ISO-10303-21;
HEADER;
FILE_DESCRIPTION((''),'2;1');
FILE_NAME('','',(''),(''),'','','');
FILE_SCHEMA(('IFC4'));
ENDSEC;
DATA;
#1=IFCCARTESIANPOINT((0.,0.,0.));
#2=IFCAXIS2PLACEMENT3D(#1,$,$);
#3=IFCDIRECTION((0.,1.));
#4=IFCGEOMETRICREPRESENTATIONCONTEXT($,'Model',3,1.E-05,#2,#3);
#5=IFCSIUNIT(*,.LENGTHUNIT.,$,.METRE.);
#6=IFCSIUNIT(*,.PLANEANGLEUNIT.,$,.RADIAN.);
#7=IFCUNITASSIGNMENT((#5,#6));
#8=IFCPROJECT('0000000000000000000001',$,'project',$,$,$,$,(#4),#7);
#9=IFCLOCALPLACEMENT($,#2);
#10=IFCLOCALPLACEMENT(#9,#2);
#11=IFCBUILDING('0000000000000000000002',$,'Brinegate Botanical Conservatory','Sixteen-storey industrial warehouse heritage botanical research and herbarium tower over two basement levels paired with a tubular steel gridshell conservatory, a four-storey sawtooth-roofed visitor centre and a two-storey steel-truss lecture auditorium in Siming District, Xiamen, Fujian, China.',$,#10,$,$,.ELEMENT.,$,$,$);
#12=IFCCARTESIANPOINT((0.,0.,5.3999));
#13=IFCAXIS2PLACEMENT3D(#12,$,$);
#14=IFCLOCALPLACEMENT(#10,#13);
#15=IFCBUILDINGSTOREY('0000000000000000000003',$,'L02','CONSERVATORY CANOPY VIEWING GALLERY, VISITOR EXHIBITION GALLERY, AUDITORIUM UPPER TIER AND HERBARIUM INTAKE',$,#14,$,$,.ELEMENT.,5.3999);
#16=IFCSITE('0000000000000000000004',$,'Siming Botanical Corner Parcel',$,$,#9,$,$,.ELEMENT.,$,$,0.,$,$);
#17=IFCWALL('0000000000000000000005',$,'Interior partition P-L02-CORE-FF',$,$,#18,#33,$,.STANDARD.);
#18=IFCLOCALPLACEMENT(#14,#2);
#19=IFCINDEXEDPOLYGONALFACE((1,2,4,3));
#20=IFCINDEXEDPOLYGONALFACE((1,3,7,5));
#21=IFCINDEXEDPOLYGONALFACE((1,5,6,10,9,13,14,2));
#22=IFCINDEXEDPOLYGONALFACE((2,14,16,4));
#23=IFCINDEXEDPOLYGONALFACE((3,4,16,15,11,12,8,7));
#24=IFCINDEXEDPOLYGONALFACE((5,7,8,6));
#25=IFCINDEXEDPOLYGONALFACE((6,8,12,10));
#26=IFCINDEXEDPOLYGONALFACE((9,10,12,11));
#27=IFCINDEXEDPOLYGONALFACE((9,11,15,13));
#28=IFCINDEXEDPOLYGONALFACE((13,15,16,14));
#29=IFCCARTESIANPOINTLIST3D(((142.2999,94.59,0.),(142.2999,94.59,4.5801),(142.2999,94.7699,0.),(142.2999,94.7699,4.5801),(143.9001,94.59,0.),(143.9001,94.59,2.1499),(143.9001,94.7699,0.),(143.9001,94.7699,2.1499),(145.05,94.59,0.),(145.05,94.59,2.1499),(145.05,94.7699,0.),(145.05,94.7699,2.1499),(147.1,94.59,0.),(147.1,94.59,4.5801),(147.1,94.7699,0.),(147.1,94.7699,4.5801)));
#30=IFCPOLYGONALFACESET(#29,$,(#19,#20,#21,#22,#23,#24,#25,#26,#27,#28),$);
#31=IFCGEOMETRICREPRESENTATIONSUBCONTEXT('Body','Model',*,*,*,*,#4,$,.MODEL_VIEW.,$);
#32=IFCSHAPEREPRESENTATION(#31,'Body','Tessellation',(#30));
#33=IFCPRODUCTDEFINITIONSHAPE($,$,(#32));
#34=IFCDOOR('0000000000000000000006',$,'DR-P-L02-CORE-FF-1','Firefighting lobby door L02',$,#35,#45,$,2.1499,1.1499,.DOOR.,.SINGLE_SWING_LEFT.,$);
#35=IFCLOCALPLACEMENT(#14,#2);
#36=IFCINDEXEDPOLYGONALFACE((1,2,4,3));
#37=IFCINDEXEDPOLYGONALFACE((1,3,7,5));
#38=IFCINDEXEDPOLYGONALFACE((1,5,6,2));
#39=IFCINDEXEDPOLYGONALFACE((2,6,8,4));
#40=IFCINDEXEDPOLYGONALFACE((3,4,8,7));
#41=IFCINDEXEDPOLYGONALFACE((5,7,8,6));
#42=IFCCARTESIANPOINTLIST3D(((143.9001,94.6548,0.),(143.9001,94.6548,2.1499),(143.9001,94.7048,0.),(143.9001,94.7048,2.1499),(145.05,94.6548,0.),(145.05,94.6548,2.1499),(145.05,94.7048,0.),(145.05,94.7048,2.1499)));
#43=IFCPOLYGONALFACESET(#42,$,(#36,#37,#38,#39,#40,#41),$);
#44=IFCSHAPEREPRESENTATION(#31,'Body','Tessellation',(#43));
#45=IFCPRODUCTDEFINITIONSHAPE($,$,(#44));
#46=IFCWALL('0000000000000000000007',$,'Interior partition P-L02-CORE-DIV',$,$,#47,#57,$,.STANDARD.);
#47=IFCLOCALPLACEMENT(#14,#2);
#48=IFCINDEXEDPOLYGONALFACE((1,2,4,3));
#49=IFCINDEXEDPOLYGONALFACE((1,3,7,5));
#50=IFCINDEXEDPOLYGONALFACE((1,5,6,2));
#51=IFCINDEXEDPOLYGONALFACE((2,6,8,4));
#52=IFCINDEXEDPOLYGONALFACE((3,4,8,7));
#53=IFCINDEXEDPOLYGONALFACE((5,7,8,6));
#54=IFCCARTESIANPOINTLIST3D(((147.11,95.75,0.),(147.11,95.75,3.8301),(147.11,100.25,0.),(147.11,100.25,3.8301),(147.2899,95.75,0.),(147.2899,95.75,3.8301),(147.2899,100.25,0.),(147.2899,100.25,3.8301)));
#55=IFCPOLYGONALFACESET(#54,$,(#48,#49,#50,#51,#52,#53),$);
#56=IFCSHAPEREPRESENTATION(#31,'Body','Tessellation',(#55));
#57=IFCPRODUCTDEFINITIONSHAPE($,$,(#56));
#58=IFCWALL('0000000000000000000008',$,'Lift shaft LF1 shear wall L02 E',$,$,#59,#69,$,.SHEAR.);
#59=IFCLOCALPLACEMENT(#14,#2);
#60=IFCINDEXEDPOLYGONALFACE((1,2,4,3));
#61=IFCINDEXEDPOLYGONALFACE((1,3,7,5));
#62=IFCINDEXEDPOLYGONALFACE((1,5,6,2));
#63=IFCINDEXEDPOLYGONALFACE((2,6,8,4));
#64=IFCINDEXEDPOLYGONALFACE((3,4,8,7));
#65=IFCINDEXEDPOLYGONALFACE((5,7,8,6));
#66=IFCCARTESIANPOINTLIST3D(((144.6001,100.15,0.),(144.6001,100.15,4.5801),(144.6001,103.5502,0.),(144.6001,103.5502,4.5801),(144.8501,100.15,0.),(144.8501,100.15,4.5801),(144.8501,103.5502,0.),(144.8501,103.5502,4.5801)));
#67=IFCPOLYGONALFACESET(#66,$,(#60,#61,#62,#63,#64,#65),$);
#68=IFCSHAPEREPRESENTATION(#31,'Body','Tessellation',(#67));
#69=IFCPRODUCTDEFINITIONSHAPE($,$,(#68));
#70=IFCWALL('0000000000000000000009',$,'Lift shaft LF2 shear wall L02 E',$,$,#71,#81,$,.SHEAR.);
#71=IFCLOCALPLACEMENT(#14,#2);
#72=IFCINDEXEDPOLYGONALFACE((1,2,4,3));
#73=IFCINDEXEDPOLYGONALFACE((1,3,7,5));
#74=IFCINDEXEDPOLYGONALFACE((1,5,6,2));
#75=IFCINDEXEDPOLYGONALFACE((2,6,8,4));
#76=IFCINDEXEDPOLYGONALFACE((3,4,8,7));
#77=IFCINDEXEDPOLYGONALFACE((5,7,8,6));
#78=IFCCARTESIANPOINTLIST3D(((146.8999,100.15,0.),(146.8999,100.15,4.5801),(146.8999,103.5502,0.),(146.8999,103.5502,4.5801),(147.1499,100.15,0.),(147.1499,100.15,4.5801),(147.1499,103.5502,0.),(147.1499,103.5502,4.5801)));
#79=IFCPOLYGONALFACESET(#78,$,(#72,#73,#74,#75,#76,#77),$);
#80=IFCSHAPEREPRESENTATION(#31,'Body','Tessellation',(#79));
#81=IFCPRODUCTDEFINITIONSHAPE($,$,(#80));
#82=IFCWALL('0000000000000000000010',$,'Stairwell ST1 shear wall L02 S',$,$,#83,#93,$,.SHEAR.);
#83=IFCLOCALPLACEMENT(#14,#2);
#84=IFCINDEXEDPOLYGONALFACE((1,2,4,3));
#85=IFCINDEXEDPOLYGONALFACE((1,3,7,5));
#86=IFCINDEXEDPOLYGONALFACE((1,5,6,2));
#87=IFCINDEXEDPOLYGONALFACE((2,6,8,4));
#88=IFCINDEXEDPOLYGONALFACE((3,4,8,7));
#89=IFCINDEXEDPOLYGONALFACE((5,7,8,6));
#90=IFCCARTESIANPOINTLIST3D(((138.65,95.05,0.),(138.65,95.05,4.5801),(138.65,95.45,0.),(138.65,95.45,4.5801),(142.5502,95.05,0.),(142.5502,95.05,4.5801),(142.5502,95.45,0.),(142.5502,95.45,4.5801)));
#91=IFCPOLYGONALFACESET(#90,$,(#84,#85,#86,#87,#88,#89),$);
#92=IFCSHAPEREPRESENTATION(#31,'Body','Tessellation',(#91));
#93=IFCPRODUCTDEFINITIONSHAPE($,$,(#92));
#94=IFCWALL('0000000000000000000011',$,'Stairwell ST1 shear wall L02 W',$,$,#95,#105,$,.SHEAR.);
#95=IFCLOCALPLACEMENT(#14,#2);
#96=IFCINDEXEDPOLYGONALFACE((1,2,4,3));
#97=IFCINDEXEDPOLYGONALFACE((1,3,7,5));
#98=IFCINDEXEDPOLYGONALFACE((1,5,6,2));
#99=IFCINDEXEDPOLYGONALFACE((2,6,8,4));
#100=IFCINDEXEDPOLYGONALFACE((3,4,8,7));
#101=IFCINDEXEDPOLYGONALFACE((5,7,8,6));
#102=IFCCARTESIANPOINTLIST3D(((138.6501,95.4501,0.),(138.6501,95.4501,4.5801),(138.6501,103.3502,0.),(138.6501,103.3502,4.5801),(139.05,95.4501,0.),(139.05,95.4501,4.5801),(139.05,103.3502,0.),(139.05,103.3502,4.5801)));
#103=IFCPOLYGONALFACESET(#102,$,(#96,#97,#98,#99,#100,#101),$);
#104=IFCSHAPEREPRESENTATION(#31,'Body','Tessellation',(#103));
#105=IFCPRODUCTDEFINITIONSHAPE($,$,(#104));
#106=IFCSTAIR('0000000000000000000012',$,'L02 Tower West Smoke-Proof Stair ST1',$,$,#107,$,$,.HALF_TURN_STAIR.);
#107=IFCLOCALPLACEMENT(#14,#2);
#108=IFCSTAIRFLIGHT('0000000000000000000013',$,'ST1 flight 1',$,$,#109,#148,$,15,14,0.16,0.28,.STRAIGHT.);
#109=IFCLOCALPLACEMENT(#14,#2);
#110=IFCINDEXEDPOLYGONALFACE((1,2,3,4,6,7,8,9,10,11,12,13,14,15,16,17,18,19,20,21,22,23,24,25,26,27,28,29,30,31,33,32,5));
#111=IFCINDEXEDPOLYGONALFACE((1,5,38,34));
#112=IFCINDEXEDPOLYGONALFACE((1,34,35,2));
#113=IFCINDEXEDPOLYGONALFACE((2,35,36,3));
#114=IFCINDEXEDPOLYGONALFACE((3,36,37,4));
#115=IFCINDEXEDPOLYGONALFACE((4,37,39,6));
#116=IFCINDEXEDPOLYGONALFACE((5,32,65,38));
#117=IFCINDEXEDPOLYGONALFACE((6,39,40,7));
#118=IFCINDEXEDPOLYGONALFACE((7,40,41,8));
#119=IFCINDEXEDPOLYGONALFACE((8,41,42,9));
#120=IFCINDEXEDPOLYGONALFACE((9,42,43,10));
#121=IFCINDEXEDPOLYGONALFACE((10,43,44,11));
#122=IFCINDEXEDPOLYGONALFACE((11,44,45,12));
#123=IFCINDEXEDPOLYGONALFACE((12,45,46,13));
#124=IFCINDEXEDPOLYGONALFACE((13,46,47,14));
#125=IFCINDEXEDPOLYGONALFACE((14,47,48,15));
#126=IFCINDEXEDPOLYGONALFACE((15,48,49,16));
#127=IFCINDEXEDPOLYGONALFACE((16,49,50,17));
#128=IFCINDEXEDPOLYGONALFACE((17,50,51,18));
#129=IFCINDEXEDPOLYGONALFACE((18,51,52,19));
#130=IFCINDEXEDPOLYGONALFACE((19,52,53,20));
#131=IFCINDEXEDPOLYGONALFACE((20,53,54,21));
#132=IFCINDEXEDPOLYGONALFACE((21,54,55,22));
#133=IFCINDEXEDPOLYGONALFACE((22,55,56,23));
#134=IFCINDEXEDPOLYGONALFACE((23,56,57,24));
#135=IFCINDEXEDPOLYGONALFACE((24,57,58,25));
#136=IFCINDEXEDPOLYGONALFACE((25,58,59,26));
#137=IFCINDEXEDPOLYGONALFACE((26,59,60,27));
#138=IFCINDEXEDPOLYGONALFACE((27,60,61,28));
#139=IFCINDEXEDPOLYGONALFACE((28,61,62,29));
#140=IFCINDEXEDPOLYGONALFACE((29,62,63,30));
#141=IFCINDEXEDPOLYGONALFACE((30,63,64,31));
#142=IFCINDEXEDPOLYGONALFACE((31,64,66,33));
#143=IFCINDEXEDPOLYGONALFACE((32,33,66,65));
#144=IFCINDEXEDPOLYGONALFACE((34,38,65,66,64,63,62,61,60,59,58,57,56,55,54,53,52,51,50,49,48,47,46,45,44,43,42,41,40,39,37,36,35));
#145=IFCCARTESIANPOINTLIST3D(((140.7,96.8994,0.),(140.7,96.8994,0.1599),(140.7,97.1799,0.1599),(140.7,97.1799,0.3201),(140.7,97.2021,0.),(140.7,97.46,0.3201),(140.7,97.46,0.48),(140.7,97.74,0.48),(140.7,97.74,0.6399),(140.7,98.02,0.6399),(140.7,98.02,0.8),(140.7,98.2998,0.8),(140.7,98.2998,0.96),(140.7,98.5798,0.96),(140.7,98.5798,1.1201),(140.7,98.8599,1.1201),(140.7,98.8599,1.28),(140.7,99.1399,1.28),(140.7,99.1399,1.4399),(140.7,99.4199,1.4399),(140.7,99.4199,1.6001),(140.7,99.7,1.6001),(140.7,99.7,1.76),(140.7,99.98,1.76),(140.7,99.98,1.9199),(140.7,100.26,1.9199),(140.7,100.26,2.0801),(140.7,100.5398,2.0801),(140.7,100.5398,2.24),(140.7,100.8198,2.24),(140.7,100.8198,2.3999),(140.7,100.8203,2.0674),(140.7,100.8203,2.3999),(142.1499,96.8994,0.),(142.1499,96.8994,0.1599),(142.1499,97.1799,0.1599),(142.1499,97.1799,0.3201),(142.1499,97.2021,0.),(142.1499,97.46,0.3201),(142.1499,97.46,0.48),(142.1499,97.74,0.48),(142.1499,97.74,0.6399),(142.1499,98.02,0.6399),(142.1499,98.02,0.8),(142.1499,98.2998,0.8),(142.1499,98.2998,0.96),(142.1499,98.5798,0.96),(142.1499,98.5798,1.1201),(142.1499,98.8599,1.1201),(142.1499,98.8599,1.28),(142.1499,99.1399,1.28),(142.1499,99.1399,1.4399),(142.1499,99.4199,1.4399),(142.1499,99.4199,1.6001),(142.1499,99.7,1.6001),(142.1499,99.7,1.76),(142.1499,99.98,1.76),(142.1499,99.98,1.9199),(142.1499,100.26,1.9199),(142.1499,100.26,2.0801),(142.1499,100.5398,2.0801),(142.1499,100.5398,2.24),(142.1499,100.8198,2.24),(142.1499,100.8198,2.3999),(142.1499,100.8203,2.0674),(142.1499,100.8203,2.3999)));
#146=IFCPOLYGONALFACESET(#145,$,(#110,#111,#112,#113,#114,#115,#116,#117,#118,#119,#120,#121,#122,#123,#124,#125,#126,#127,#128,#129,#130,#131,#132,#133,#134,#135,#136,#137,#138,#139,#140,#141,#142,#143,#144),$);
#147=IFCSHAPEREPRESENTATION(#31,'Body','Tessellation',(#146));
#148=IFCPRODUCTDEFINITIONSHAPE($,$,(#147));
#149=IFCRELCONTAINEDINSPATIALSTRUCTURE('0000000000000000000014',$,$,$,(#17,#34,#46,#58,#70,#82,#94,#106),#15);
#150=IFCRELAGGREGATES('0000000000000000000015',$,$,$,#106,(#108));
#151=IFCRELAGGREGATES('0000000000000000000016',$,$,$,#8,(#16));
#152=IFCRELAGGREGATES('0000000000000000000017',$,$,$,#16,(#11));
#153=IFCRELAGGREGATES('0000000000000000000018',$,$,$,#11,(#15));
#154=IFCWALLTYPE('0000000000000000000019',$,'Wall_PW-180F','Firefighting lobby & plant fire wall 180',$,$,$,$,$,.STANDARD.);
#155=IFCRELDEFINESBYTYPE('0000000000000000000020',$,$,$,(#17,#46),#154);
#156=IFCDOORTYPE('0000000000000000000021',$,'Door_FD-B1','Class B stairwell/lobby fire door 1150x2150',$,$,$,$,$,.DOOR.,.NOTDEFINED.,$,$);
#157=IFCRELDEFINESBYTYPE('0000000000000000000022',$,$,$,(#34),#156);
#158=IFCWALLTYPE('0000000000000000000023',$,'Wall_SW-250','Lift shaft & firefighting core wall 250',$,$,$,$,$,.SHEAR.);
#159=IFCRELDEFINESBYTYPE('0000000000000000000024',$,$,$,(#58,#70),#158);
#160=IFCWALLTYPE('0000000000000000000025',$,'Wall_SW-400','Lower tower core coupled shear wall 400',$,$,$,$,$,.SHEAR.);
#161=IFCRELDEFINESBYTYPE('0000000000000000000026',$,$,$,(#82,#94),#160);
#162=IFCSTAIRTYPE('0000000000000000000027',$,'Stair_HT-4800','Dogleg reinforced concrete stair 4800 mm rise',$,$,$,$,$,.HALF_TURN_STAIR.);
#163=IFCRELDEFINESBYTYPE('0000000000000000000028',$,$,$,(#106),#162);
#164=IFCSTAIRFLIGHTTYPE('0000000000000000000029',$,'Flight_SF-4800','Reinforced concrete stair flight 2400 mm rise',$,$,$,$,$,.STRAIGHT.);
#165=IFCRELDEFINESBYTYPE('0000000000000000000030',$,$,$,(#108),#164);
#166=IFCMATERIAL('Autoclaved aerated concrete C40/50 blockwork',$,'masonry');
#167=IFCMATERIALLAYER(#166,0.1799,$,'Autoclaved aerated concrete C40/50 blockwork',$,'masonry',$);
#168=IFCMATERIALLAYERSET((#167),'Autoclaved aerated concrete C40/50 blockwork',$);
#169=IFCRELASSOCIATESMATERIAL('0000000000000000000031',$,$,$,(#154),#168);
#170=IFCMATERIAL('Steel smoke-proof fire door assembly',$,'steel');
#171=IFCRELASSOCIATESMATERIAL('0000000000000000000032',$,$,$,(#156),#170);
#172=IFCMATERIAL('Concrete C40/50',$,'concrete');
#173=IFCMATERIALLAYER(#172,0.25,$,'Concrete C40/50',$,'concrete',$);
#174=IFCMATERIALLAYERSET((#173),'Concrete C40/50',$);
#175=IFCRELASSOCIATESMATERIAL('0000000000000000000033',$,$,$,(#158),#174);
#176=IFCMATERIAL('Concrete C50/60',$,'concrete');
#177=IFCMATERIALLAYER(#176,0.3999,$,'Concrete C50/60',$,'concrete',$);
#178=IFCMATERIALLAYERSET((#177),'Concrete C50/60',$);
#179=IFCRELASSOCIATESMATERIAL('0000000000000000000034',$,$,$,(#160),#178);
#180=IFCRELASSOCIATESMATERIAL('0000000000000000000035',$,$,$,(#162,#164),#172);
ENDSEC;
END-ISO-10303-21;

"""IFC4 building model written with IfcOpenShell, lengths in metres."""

from ifc_helpers import new_model, si_unit, direction, frame, frame_2d, origin, place, context, subcontext, project, spatial, polyline, rectangle, outline, extrude, material, layer, layer_set, type_object, element, fill, aggregate, save


model = new_model("IFC4")

# Units and contexts
model_context = context("Model", 3, precision=1e-05, world=origin(), true_north=direction((0.0, 1.0)))
body_context = subcontext(model_context, "Body", "Model", "MODEL_VIEW")
ifc_project = project(units=[si_unit("LENGTHUNIT", "METRE"), si_unit("PLANEANGLEUNIT", "RADIAN")], contexts=[model_context])

# Site, building, storey
site_placement = place(None, origin())
site = spatial("IfcSite", under=ifc_project, at=site_placement, Name="Siming Botanical Corner Parcel", CompositionType="ELEMENT", RefElevation=0.0)
building_placement = place(site_placement, origin())
building = spatial("IfcBuilding", under=site, at=building_placement, Name="Brinegate Botanical Conservatory", Description="Sixteen-storey industrial warehouse heritage botanical research and herbarium tower over two basement levels paired with a tubular steel gridshell conservatory, a four-storey sawtooth-roofed visitor centre and a two-storey steel-truss lecture auditorium in Siming District, Xiamen, Fujian, China.", CompositionType="ELEMENT")
storey_placement = place(building_placement, frame((0.0, 0.0, 5.3999)))
storey = spatial("IfcBuildingStorey", under=building, at=storey_placement, Name="L02", Description="CONSERVATORY CANOPY VIEWING GALLERY, VISITOR EXHIBITION GALLERY, AUDITORIUM UPPER TIER AND HERBARIUM INTAKE", CompositionType="ELEMENT", Elevation=5.3999)

# Shared definitions
ifc_material_1 = material(Name="Concrete C50/60", Category="concrete")

# Shared definitions
ifc_material_2 = material(Name="Concrete C40/50", Category="concrete")

# Wall, opening, door
ifc_material_3 = material(Name="Autoclaved aerated concrete C40/50 blockwork", Category="masonry")
ifc_layer_1 = layer(ifc_material_3, 0.1799, Name="Autoclaved aerated concrete C40/50 blockwork", Category="masonry")
ifc_layer_set_1 = layer_set([ifc_layer_1], Name="Autoclaved aerated concrete C40/50 blockwork")
wall_type_1 = type_object("IfcWallType", Name="Wall_PW-180F", Description="Firefighting lobby & plant fire wall 180", PredefinedType="STANDARD", material=ifc_layer_set_1)
wall_1_placement = place(storey_placement, frame((142.3, 94.6799, 0.0), z_axis=(0.0, 0.0, 1.0), x_axis=(1.0, 0.0, 0.0)))
wall_1 = element("IfcWall", 1, at=wall_1_placement, inside=storey, type_object=wall_type_1, Name="Interior partition P-L02-CORE-FF", PredefinedType="STANDARD", context=body_context, shape_type="SweptSolid", body=[
    extrude(rectangle(XDim=4.8, YDim=0.1799, at=frame_2d((2.3999, 0.0))), origin(), (0.0, 0.0, 1.0), 4.5801),
])
opening_1_placement = place(wall_1_placement, frame((1.6001, 0.0, 0.0)))
opening_1 = element("IfcOpeningElement", 2, at=opening_1_placement, cuts=wall_1, PredefinedType="OPENING", context=body_context, shape_type="SweptSolid", body=[
    extrude(rectangle(XDim=1.1499, YDim=2.1499, at=frame_2d((0.575, 1.075))), frame((0.0, 0.0999, 0.0), z_axis=(0.0, -1.0, 0.0), x_axis=(1.0, 0.0, 0.0)), (0.0, 0.0, 1.0), 0.2),
])
ifc_material_4 = material(Name="Steel smoke-proof fire door assembly", Category="steel")
door_type_1 = type_object("IfcDoorType", Name="Door_FD-B1", Description="Class B stairwell/lobby fire door 1150x2150", OperationType="NOTDEFINED", PredefinedType="DOOR", material=ifc_material_4)
door_1_placement = place(opening_1_placement, origin())
door_1 = element("IfcDoor", 3, at=door_1_placement, inside=storey, type_object=door_type_1, Name="DR-P-L02-CORE-FF-1", Description="Firefighting lobby door L02", OperationType="SINGLE_SWING_LEFT", OverallHeight=2.1499, OverallWidth=1.1499, PredefinedType="DOOR", context=body_context, shape_type="SweptSolid", body=[
    extrude(rectangle(XDim=1.1499, YDim=2.1499, at=frame_2d((0.575, 1.075))), frame((0.0, 0.0249, 0.0), z_axis=(0.0, -1.0, 0.0), x_axis=(1.0, 0.0, 0.0)), (0.0, 0.0, 1.0), 0.05),
])
fill(opening_1, door_1)

# Wall
wall_2_placement = place(storey_placement, frame((147.2, 95.75, 0.0), z_axis=(0.0, 0.0, 1.0), x_axis=(0.0, 1.0, 0.0)))
element("IfcWall", 4, at=wall_2_placement, inside=storey, type_object=wall_type_1, Name="Interior partition P-L02-CORE-DIV", PredefinedType="STANDARD", context=body_context, shape_type="SweptSolid", body=[
    extrude(rectangle(XDim=4.5, YDim=0.1799, at=frame_2d((2.25, 0.0))), origin(), (0.0, 0.0, 1.0), 3.8301),
])

# Shared definitions
ifc_layer_2 = layer(ifc_material_2, 0.25, Name="Concrete C40/50", Category="concrete")
ifc_layer_set_2 = layer_set([ifc_layer_2], Name="Concrete C40/50")
wall_type_2 = type_object("IfcWallType", Name="Wall_SW-250", Description="Lift shaft & firefighting core wall 250", PredefinedType="SHEAR", material=ifc_layer_set_2)

# Wall
wall_3_placement = place(storey_placement, frame((144.7251, 100.1499, 0.0), z_axis=(0.0, 0.0, 1.0), x_axis=(0.0, 1.0, 0.0)))
element("IfcWall", 5, at=wall_3_placement, inside=storey, type_object=wall_type_2, Name="Lift shaft LF1 shear wall L02 E", PredefinedType="SHEAR", context=body_context, shape_type="SweptSolid", body=[
    extrude(rectangle(XDim=3.4001, YDim=0.25, at=frame_2d((1.7002, 0.0))), origin(), (0.0, 0.0, 1.0), 4.5801),
])

# Wall
wall_4_placement = place(storey_placement, frame((147.0249, 100.1499, 0.0), z_axis=(0.0, 0.0, 1.0), x_axis=(0.0, 1.0, 0.0)))
element("IfcWall", 6, at=wall_4_placement, inside=storey, type_object=wall_type_2, Name="Lift shaft LF2 shear wall L02 E", PredefinedType="SHEAR", context=body_context, shape_type="SweptSolid", body=[
    extrude(rectangle(XDim=3.4001, YDim=0.25, at=frame_2d((1.7002, 0.0))), origin(), (0.0, 0.0, 1.0), 4.5801),
])

# Walls
ifc_layer_3 = layer(ifc_material_1, 0.3999, Name="Concrete C50/60", Category="concrete")
ifc_layer_set_3 = layer_set([ifc_layer_3], Name="Concrete C50/60")
wall_type_3 = type_object("IfcWallType", Name="Wall_SW-400", Description="Lower tower core coupled shear wall 400", PredefinedType="SHEAR", material=ifc_layer_set_3)
wall_5_placement = place(storey_placement, frame((138.6499, 95.25, 0.0), z_axis=(0.0, 0.0, 1.0), x_axis=(1.0, 0.0, 0.0)))
element("IfcWall", 7, at=wall_5_placement, inside=storey, type_object=wall_type_3, Name="Stairwell ST1 shear wall L02 S", PredefinedType="SHEAR", context=body_context, shape_type="SweptSolid", body=[
    extrude(rectangle(XDim=3.9001, YDim=0.3999, at=frame_2d((1.9502, 0.0))), origin(), (0.0, 0.0, 1.0), 4.5801),
])
wall_6_placement = place(storey_placement, frame((138.8501, 95.45, 0.0), z_axis=(0.0, 0.0, 1.0), x_axis=(0.0, 1.0, 0.0)))
element("IfcWall", 8, at=wall_6_placement, inside=storey, type_object=wall_type_3, Name="Stairwell ST1 shear wall L02 W", PredefinedType="SHEAR", context=body_context, shape_type="SweptSolid", body=[
    extrude(rectangle(XDim=7.9001, YDim=0.3999, at=frame_2d((3.9502, 0.0))), origin(), (0.0, 0.0, 1.0), 4.5801),
])

# Stair, stair flight
stair_type = type_object("IfcStairType", Name="Stair_HT-4800", Description="Dogleg reinforced concrete stair 4800 mm rise", PredefinedType="HALF_TURN_STAIR", material=ifc_material_2)
stair_placement = place(storey_placement, origin())
stair = element("IfcStair", 9, at=stair_placement, inside=storey, type_object=stair_type, Name="L02 Tower West Smoke-Proof Stair ST1", PredefinedType="HALF_TURN_STAIR")
stair_flight_type = type_object("IfcStairFlightType", Name="Flight_SF-4800", Description="Reinforced concrete stair flight 2400 mm rise", PredefinedType="STRAIGHT", material=ifc_material_2)
stair_flight_placement = place(storey_placement, frame((141.425, 96.8999, 0.0), z_axis=(0.0, 0.0, 1.0), x_axis=(0.0, 1.0, 0.0)))
stair_flight = element("IfcStairFlight", 10, at=stair_flight_placement, type_object=stair_flight_type, Name="ST1 flight 1", NumberOfRisers=15, NumberOfTreads=14, PredefinedType="STRAIGHT", RiserHeight=0.16, TreadLength=0.28, context=body_context, shape_type="SweptSolid", body=[
    extrude(outline(polyline([(-0.0005, 0.0), (-0.0005, 0.1599), (0.28, 0.1599), (0.28, 0.3201), (0.5601, 0.3201), (0.5601, 0.48), (0.8401, 0.48), (0.8401, 0.6399), (1.1201, 0.6399), (1.1201, 0.8), (1.3999, 0.8), (1.3999, 0.96), (1.6799, 0.96), (1.6799, 1.1201), (1.96, 1.1201), (1.96, 1.28), (2.24, 1.28), (2.24, 1.4399), (2.52, 1.4399), (2.52, 1.6001), (2.8, 1.6001), (2.8, 1.76), (3.0801, 1.76), (3.0801, 1.9199), (3.3601, 1.9199), (3.3601, 2.0801), (3.6399, 2.0801), (3.6399, 2.24), (3.9199, 2.24), (3.9199, 2.3999), (3.9204, 2.3999), (3.9204, 2.0674), (0.3022, 0.0), (-0.0005, 0.0)])), frame((0.0, 0.7251, 0.0), z_axis=(0.0, -1.0, 0.0), x_axis=(1.0, 0.0, 0.0)), (0.0, 0.0, 1.0), 1.45),
])
aggregate(stair, [stair_flight])

save(model, "model.ifc")
